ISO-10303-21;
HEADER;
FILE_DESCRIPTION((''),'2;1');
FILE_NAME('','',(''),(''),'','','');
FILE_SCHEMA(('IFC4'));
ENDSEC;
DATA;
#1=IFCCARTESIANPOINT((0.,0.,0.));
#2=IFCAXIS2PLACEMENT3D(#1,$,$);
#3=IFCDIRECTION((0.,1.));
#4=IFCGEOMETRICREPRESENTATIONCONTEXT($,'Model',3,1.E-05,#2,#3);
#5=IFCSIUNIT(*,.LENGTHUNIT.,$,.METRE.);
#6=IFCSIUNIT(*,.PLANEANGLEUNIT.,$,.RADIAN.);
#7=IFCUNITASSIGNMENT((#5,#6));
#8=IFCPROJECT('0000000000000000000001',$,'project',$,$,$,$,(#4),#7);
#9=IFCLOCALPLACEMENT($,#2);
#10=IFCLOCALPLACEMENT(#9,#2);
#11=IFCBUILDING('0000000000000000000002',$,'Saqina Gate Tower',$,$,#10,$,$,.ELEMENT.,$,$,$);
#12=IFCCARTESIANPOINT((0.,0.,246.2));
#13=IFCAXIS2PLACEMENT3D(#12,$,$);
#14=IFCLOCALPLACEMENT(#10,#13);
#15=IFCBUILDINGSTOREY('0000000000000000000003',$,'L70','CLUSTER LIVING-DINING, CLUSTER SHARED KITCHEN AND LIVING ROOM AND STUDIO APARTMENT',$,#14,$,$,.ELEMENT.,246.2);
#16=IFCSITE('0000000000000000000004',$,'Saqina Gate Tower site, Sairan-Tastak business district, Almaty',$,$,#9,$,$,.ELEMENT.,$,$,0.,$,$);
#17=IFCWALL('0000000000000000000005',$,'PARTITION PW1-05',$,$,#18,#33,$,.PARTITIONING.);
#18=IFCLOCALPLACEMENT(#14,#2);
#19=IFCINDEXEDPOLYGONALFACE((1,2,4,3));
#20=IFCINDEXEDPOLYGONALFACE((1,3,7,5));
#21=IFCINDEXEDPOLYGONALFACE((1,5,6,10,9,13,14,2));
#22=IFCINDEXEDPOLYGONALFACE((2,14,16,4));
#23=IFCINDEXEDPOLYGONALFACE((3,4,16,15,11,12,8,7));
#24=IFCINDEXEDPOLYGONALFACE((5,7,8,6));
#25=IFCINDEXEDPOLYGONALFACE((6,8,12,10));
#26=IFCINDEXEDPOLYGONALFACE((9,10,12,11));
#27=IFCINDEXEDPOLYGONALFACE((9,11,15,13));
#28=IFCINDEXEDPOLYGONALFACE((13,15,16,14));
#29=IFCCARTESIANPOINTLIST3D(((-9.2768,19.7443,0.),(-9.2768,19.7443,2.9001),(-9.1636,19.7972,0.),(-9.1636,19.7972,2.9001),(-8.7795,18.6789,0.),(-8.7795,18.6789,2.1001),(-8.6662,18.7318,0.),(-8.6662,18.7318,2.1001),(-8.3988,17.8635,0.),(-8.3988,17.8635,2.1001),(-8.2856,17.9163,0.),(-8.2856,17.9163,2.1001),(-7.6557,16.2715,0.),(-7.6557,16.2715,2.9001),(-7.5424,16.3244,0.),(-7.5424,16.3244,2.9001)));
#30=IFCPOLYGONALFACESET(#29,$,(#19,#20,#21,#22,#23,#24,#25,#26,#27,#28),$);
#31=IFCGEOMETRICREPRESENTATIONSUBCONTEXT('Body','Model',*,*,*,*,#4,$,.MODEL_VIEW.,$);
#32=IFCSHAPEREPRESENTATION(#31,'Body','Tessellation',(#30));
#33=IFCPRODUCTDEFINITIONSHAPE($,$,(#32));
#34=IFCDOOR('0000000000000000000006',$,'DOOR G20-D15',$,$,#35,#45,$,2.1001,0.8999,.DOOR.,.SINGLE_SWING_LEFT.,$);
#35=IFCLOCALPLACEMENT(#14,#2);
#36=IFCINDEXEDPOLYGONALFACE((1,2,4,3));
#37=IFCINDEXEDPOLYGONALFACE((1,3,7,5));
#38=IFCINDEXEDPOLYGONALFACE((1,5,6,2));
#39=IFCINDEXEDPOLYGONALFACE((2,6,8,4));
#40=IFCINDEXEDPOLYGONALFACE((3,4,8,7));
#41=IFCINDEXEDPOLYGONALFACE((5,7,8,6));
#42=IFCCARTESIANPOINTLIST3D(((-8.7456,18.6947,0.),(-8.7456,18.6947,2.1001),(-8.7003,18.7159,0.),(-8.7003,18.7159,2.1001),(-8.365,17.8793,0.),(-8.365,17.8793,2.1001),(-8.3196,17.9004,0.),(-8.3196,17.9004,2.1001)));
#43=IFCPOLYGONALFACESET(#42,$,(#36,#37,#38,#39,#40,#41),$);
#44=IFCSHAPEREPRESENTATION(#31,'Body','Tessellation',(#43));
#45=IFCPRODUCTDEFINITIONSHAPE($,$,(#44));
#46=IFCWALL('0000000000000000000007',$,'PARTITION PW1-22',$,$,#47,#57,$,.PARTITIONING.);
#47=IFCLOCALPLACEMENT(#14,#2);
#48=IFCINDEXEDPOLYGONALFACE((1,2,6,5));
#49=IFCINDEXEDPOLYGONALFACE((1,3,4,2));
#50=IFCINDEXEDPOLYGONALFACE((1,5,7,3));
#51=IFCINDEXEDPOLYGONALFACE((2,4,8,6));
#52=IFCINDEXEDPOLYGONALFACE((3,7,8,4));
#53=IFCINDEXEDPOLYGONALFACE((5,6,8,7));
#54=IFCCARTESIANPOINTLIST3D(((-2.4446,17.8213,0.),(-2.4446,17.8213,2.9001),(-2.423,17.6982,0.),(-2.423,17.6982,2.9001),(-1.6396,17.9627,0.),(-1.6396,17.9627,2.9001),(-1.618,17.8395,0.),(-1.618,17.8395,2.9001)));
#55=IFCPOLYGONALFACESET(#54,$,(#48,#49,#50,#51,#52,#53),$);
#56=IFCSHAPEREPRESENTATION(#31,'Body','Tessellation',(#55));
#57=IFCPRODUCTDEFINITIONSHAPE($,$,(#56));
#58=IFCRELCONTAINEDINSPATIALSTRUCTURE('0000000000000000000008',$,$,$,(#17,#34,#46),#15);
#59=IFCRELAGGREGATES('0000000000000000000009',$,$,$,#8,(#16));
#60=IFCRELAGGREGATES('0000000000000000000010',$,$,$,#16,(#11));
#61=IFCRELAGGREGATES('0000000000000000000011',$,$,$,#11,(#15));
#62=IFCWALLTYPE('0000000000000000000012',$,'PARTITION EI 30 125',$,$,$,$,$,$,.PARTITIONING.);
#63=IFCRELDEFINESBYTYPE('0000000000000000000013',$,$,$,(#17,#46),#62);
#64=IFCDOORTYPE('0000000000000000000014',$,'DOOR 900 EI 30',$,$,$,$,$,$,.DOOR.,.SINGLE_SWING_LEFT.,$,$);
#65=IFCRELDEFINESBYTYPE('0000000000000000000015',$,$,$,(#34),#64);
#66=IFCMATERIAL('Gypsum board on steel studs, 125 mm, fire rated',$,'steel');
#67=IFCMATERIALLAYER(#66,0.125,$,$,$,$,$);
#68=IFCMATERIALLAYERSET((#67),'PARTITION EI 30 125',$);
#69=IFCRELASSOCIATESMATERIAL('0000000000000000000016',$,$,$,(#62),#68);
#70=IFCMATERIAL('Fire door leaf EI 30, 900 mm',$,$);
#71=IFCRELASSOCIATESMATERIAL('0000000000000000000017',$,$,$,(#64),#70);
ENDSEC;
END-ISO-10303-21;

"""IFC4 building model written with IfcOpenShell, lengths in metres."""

from ifc_helpers import new_model, si_unit, direction, frame, frame_2d, origin, place, context, subcontext, project, spatial, rectangle, extrude, material, layer, layer_set, type_object, element, fill, save


model = new_model("IFC4")

# Units and contexts
model_context = context("Model", 3, precision=1e-05, world=origin(), true_north=direction((0.0, 1.0)))
body_context = subcontext(model_context, "Body", "Model", "MODEL_VIEW")
ifc_project = project(units=[si_unit("LENGTHUNIT", "METRE"), si_unit("PLANEANGLEUNIT", "RADIAN")], contexts=[model_context])

# Site, building, storey
site_placement = place(None, origin())
site = spatial("IfcSite", under=ifc_project, at=site_placement, Name="Saqina Gate Tower site, Sairan-Tastak business district, Almaty", CompositionType="ELEMENT", RefElevation=0.0)
building_placement = place(site_placement, origin())
building = spatial("IfcBuilding", under=site, at=building_placement, Name="Saqina Gate Tower", CompositionType="ELEMENT")
storey_placement = place(building_placement, frame((0.0, 0.0, 246.2)))
storey = spatial("IfcBuildingStorey", under=building, at=storey_placement, Name="L70", Description="CLUSTER LIVING-DINING, CLUSTER SHARED KITCHEN AND LIVING ROOM AND STUDIO APARTMENT", CompositionType="ELEMENT", Elevation=246.2)

# Shared definitions
ifc_material_1 = material(Name="Gypsum board on steel studs, 125 mm, fire rated", Category="steel")
ifc_layer_1 = layer(ifc_material_1, 0.125)
ifc_layer_set_1 = layer_set([ifc_layer_1], Name="PARTITION EI 30 125")
wall_type_1 = type_object("IfcWallType", Name="PARTITION EI 30 125", PredefinedType="PARTITIONING", material=ifc_layer_set_1)
ifc_material_2 = material(Name="Fire door leaf EI 30, 900 mm")
door_type_1 = type_object("IfcDoorType", Name="DOOR 900 EI 30", OperationType="SINGLE_SWING_LEFT", PredefinedType="DOOR", material=ifc_material_2)

# Wall, opening, door
wall_1_placement = place(storey_placement, frame((-9.2202, 19.7708, 0.0), z_axis=(0.0, 0.0, 1.0), x_axis=(0.422997, -0.906131, 0.0)))
wall_1 = element("IfcWall", 1, at=wall_1_placement, inside=storey, type_object=wall_type_1, Name="PARTITION PW1-05", PredefinedType="PARTITIONING", context=body_context, shape_type="SweptSolid", body=[
    extrude(rectangle(XDim=3.8325, YDim=0.125, at=frame_2d((1.9163, 0.0))), origin(), (0.0, 0.0, 1.0), 2.9001),
])
opening_1_placement = place(wall_1_placement, frame((1.1758, 0.0, 0.0)))
opening_1 = element("IfcOpeningElement", 2, at=opening_1_placement, cuts=wall_1, PredefinedType="OPENING", context=body_context, shape_type="SweptSolid", body=[
    extrude(rectangle(XDim=0.8999, YDim=2.1001, at=frame_2d((0.45, 1.05))), frame((0.0, 0.0745, 0.0), z_axis=(0.0, -1.0, 0.0), x_axis=(1.0, 0.0, 0.0)), (0.0, 0.0, 1.0), 0.1489),
])
door_1_placement = place(opening_1_placement, origin())
door_1 = element("IfcDoor", 3, at=door_1_placement, inside=storey, type_object=door_type_1, Name="DOOR G20-D15", OperationType="SINGLE_SWING_LEFT", OverallHeight=2.1001, OverallWidth=0.8999, PredefinedType="DOOR", context=body_context, shape_type="SweptSolid", body=[
    extrude(rectangle(XDim=0.8999, YDim=2.1001, at=frame_2d((0.45, 1.05))), frame((0.0, 0.0249, 0.0), z_axis=(0.0, -1.0, 0.0), x_axis=(1.0, 0.0, 0.0)), (0.0, 0.0, 1.0), 0.05),
])
fill(opening_1, door_1)

# Wall
wall_2_placement = place(storey_placement, frame((-2.4338, 17.7598, 0.0), z_axis=(0.0, 0.0, 1.0), x_axis=(0.984937, 0.172916, 0.0)))
element("IfcWall", 4, at=wall_2_placement, inside=storey, type_object=wall_type_1, Name="PARTITION PW1-22", PredefinedType="PARTITIONING", context=body_context, shape_type="SweptSolid", body=[
    extrude(rectangle(XDim=0.8174, YDim=0.125, at=frame_2d((0.4087, 0.0))), origin(), (0.0, 0.0, 1.0), 2.9001),
])

save(model, "model.ifc")
